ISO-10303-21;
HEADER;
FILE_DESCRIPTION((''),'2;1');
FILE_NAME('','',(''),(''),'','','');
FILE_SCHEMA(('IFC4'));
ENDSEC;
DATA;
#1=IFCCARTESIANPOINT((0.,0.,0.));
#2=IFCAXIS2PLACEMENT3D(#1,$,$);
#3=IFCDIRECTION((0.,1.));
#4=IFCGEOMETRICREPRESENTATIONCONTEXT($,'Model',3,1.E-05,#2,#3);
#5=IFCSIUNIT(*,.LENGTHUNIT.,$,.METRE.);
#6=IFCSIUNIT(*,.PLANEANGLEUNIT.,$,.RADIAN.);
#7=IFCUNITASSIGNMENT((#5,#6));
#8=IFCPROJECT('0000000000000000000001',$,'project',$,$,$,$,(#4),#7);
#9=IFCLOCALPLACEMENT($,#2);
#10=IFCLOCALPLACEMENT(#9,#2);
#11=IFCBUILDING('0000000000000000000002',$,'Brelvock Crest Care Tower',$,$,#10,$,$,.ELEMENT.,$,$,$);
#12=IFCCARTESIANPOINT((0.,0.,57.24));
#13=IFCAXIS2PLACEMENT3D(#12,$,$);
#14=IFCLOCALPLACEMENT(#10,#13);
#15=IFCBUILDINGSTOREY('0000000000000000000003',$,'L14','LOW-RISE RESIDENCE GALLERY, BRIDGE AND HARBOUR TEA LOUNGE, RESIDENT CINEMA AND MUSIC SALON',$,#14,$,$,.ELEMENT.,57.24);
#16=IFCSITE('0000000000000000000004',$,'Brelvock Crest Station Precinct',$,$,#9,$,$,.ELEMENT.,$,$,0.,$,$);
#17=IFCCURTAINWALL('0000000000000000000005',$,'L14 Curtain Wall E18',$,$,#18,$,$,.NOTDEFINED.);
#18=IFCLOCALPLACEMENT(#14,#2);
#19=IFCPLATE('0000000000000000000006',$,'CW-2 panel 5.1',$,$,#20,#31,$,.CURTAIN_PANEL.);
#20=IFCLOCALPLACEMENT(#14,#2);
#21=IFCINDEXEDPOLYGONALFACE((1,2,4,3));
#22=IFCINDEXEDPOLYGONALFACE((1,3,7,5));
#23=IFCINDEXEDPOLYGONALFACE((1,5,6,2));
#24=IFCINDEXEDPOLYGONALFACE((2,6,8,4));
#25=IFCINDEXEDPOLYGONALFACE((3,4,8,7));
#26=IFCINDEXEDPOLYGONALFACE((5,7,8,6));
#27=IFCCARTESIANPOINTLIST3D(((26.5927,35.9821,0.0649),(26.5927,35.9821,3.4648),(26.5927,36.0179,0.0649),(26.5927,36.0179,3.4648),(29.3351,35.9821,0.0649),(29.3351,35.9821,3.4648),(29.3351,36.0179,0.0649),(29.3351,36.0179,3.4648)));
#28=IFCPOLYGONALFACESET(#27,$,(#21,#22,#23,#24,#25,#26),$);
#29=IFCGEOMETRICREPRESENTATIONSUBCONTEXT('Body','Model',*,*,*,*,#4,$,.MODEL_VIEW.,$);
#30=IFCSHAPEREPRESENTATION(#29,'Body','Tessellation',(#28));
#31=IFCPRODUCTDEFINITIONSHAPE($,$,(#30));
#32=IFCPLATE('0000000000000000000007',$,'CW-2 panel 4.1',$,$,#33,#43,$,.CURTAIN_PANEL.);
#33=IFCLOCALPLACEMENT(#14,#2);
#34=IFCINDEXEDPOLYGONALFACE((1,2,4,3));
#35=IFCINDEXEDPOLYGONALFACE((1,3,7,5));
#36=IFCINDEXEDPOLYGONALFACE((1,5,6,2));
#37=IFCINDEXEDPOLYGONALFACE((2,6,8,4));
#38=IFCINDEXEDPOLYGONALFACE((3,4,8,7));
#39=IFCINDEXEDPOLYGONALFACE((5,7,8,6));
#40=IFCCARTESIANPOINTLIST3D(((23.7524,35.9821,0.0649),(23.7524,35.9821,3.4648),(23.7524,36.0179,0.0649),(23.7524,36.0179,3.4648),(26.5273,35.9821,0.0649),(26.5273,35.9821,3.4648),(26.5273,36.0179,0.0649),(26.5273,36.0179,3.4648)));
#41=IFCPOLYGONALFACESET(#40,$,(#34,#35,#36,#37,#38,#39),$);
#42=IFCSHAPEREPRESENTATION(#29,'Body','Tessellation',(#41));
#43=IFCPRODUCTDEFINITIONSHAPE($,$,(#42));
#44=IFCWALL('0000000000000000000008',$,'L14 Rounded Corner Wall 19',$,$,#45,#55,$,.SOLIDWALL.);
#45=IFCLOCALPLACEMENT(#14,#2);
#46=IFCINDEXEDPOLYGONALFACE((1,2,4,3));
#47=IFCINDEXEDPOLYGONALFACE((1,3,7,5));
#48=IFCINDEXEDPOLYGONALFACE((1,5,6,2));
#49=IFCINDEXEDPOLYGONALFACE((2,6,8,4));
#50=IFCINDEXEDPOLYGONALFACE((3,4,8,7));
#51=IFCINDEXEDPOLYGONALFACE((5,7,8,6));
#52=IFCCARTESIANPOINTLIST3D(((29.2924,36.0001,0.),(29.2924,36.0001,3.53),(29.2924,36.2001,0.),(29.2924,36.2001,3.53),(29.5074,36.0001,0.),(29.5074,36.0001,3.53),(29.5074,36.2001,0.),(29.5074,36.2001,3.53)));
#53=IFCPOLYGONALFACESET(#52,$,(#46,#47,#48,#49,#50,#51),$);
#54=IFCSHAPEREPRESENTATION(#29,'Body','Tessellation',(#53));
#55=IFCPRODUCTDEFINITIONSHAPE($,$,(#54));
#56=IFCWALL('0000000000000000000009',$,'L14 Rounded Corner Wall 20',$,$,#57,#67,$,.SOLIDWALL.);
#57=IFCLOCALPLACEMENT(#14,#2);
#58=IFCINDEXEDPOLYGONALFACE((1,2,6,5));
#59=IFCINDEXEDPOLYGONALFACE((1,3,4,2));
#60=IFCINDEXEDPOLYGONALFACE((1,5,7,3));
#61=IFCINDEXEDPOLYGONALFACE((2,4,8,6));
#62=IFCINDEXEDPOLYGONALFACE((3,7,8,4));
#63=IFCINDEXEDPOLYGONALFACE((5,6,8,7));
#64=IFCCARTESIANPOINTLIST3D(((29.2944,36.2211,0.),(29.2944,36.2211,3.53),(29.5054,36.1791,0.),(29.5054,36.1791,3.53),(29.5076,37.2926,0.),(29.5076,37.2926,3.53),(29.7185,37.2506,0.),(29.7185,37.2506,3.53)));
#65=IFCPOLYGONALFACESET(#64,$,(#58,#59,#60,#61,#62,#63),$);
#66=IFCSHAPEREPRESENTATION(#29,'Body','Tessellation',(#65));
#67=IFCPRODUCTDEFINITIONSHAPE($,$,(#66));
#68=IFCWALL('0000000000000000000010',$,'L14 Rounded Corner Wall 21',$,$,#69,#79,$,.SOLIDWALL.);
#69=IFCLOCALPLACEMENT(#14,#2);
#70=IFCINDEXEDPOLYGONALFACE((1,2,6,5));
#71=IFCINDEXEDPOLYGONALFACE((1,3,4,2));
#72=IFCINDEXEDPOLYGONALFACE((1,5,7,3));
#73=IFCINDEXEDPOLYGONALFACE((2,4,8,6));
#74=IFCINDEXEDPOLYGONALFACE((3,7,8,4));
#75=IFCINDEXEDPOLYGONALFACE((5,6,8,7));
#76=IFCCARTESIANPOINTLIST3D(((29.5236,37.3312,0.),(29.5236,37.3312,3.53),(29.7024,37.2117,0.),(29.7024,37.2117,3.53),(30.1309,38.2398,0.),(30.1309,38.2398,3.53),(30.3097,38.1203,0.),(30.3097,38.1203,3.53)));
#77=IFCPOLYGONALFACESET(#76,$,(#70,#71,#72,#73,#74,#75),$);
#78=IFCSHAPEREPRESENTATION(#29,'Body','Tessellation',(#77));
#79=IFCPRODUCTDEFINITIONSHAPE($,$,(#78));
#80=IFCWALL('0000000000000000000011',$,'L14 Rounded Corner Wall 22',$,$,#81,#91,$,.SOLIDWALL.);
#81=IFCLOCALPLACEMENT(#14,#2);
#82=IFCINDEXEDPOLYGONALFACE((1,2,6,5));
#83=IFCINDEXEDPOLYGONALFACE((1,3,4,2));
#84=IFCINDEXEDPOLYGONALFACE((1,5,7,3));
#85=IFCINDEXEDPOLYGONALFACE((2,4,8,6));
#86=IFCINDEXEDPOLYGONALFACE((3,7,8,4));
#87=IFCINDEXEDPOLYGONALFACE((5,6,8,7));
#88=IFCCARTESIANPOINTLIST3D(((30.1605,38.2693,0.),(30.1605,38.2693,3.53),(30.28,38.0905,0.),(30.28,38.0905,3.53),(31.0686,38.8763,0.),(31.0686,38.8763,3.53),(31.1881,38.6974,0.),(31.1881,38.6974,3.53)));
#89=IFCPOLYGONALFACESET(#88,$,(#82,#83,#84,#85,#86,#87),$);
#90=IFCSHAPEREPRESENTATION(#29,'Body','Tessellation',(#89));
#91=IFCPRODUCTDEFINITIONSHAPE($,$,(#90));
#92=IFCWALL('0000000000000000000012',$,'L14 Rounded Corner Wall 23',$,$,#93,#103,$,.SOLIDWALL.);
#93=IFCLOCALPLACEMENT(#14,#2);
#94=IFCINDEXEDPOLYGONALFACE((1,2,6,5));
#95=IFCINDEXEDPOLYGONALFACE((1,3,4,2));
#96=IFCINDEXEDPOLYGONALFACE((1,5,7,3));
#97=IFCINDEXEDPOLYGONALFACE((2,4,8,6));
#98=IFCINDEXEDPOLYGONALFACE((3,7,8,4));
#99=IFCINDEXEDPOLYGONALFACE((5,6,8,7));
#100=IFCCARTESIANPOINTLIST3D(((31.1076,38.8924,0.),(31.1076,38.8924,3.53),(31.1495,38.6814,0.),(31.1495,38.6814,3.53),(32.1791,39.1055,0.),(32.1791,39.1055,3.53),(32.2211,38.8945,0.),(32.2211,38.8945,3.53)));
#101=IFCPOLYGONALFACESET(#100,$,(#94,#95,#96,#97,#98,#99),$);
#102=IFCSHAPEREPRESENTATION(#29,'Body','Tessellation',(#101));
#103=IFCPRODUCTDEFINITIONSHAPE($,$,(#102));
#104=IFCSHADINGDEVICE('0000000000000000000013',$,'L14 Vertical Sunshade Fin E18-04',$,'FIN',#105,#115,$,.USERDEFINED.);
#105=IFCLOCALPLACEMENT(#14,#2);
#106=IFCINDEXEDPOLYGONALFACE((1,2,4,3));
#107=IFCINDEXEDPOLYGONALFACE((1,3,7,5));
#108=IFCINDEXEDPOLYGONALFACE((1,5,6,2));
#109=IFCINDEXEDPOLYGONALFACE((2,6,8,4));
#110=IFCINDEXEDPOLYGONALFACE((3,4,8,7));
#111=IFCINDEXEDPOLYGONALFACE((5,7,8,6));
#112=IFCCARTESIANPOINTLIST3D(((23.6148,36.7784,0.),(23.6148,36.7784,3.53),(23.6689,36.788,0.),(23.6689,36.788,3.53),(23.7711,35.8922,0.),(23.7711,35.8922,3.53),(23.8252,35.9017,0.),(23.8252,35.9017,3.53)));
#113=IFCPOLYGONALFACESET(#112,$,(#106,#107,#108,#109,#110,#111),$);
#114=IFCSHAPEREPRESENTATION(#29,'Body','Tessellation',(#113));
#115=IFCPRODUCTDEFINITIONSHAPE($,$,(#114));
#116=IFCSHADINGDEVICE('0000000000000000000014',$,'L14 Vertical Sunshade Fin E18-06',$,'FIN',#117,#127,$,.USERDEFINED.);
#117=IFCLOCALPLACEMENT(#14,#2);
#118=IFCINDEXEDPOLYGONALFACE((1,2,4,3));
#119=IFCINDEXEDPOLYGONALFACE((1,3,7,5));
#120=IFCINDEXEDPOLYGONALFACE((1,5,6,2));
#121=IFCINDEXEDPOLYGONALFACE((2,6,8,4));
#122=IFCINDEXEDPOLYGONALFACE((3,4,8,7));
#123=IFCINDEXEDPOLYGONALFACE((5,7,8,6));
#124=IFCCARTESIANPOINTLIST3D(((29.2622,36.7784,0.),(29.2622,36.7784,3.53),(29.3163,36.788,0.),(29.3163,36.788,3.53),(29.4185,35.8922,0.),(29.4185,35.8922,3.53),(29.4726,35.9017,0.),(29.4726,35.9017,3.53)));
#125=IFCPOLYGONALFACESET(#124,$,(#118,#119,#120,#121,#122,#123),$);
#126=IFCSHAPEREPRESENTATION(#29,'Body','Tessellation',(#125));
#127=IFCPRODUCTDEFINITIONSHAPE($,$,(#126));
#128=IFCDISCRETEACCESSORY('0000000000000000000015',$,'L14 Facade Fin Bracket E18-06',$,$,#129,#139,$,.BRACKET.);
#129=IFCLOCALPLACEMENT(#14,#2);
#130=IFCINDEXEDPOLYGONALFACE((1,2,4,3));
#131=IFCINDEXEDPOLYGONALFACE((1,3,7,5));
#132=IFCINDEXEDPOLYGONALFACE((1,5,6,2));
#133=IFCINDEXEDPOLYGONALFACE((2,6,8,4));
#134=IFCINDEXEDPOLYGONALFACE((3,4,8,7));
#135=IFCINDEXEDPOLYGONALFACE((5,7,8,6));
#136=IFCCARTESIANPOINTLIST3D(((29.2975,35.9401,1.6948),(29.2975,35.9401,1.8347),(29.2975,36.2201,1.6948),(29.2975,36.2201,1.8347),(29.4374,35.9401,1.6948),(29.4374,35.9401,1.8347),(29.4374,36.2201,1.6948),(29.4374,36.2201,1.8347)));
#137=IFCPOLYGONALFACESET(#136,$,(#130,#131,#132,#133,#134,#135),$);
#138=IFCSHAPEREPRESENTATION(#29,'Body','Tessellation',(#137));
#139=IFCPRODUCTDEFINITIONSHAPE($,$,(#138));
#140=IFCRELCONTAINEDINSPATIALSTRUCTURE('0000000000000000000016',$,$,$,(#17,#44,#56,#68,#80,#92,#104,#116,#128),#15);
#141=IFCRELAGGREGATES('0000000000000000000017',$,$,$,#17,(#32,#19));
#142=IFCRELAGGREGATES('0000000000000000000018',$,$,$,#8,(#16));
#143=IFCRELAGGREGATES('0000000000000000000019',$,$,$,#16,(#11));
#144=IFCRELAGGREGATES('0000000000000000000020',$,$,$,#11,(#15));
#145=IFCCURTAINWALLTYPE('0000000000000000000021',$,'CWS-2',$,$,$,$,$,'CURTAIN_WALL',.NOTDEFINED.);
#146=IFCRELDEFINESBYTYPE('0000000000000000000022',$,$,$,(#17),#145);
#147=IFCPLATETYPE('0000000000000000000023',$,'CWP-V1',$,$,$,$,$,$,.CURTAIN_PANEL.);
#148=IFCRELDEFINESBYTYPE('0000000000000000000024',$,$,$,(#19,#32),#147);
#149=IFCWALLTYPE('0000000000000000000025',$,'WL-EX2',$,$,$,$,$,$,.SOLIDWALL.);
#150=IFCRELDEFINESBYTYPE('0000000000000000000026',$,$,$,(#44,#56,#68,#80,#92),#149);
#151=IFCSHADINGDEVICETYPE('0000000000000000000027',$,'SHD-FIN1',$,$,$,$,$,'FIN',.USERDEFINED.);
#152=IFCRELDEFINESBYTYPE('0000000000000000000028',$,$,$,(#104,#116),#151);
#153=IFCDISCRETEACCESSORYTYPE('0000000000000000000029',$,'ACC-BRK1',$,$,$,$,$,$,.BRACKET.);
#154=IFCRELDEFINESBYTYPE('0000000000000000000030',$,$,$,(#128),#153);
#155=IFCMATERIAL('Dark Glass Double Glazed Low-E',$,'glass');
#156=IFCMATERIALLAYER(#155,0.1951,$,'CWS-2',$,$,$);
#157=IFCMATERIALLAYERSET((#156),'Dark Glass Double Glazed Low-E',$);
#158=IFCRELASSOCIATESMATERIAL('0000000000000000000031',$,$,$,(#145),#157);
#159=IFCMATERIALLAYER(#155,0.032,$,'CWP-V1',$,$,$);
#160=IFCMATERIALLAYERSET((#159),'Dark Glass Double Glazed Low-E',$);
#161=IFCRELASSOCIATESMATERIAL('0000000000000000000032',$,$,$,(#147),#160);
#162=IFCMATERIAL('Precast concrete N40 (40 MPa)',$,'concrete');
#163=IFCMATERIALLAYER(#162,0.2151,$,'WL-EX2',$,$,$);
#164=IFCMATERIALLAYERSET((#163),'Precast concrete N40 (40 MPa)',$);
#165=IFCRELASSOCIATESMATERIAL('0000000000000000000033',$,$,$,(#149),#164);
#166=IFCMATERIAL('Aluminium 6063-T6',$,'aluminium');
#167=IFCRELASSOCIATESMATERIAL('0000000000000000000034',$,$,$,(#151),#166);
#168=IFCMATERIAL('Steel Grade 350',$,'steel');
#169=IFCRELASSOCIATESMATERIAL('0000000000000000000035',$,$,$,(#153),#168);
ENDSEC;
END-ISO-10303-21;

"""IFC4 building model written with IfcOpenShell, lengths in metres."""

from ifc_helpers import new_model, si_unit, direction, frame, frame_2d, origin, origin_2d, place, context, subcontext, project, spatial, rectangle, extrude, source, transform, mapped, material, layer, layer_set, material_profile, profile_set, type_object, element, aggregate, save


model = new_model("IFC4")

# Units and contexts
model_context = context("Model", 3, precision=1e-05, world=origin(), true_north=direction((0.0, 1.0)))
body_context = subcontext(model_context, "Body", "Model", "MODEL_VIEW")
ifc_project = project(units=[si_unit("LENGTHUNIT", "METRE"), si_unit("PLANEANGLEUNIT", "RADIAN")], contexts=[model_context])

# Site, building, storey
site_placement = place(None, origin())
site = spatial("IfcSite", under=ifc_project, at=site_placement, Name="Brelvock Crest Station Precinct", CompositionType="ELEMENT", RefElevation=0.0)
building_placement = place(site_placement, origin())
building = spatial("IfcBuilding", under=site, at=building_placement, Name="Brelvock Crest Care Tower", CompositionType="ELEMENT")
storey_placement = place(building_placement, frame((0.0, 0.0, 57.24)))
storey = spatial("IfcBuildingStorey", under=building, at=storey_placement, Name="L14", Description="LOW-RISE RESIDENCE GALLERY, BRIDGE AND HARBOUR TEA LOUNGE, RESIDENT CINEMA AND MUSIC SALON", CompositionType="ELEMENT", Elevation=57.24)

# Shared definitions
ifc_material_1 = material(Name="Steel Grade 350", Category="steel")

# Curtain wall, plates
ifc_material_2 = material(Name="Dark Glass Double Glazed Low-E", Category="glass")
ifc_layer_1 = layer(ifc_material_2, 0.1951, Name="CWS-2")
ifc_layer_set_1 = layer_set([ifc_layer_1], Name="Dark Glass Double Glazed Low-E")
curtain_wall_type = type_object("IfcCurtainWallType", Name="CWS-2", ElementType="CURTAIN_WALL", PredefinedType="NOTDEFINED", material=ifc_layer_set_1)
curtain_wall_placement = place(storey_placement, origin())
curtain_wall = element("IfcCurtainWall", 1, at=curtain_wall_placement, inside=storey, type_object=curtain_wall_type, Name="L14 Curtain Wall E18", PredefinedType="NOTDEFINED")
ifc_material_3 = material(Name="Aluminium 6063-T6", Category="aluminium")
ifc_layer_2 = layer(ifc_material_2, 0.032, Name="CWP-V1")
ifc_layer_set_2 = layer_set([ifc_layer_2], Name="Dark Glass Double Glazed Low-E")
plate_type = type_object("IfcPlateType", Name="CWP-V1", PredefinedType="CURTAIN_PANEL", material=ifc_layer_set_2)
shared_shape_1 = source(origin(), body_context, "Body", "SweptSolid", [
    extrude(rectangle(XDim=2.7424, YDim=0.0359, at=origin_2d()), origin(), (0.0, 0.0, 1.0), 3.3999),
])
plate_1_placement = place(storey_placement, frame((27.9639, 36.0, 0.0649), z_axis=(0.0, 0.0, 1.0), x_axis=(1.0, 0.0, 0.0)))
plate_1 = element("IfcPlate", 2, at=plate_1_placement, type_object=plate_type, Name="CW-2 panel 5.1", PredefinedType="CURTAIN_PANEL", context=body_context, shape_type="MappedRepresentation", body=[
    mapped(shared_shape_1, transform((0.0, 0.0, 0.0), x_axis=(1.0, 0.0, 0.0), y_axis=(0.0, 1.0, 0.0), z_axis=(0.0, 0.0, 1.0), scale=1.0)),
])
shared_shape_2 = source(origin(), body_context, "Body", "SweptSolid", [
    extrude(rectangle(XDim=2.7749, YDim=0.0359, at=origin_2d()), origin(), (0.0, 0.0, 1.0), 3.3999),
])
plate_2_placement = place(storey_placement, frame((25.1399, 36.0, 0.0649), z_axis=(0.0, 0.0, 1.0), x_axis=(1.0, 0.0, 0.0)))
plate_2 = element("IfcPlate", 3, at=plate_2_placement, type_object=plate_type, Name="CW-2 panel 4.1", PredefinedType="CURTAIN_PANEL", context=body_context, shape_type="MappedRepresentation", body=[
    mapped(shared_shape_2, transform((0.0, 0.0, 0.0), x_axis=(1.0, 0.0, 0.0), y_axis=(0.0, 1.0, 0.0), z_axis=(0.0, 0.0, 1.0), scale=1.0)),
])
aggregate(curtain_wall, [plate_2, plate_1])

# Walls
ifc_material_4 = material(Name="Precast concrete N40 (40 MPa)", Category="concrete")
ifc_layer_3 = layer(ifc_material_4, 0.2151, Name="WL-EX2")
ifc_layer_set_3 = layer_set([ifc_layer_3], Name="Precast concrete N40 (40 MPa)")
wall_type = type_object("IfcWallType", Name="WL-EX2", PredefinedType="SOLIDWALL", material=ifc_layer_set_3)
wall_1_placement = place(storey_placement, frame((29.3999, 36.0, 0.0), z_axis=(0.0, 0.0, 1.0), x_axis=(0.0, 1.0, 0.0)))
element("IfcWall", 4, at=wall_1_placement, inside=storey, type_object=wall_type, Name="L14 Rounded Corner Wall 19", PredefinedType="SOLIDWALL", context=body_context, shape_type="SweptSolid", body=[
    extrude(rectangle(XDim=0.2, YDim=0.2151, at=frame_2d((0.1001, 0.0))), origin(), (0.0, 0.0, 1.0), 3.53),
])
wall_2_placement = place(storey_placement, frame((29.3999, 36.2, 0.0), z_axis=(0.0, 0.0, 1.0), x_axis=(0.195085, 0.980786, 0.0)))
element("IfcWall", 5, at=wall_2_placement, inside=storey, type_object=wall_type, Name="L14 Rounded Corner Wall 20", PredefinedType="SOLIDWALL", context=body_context, shape_type="SweptSolid", body=[
    extrude(rectangle(XDim=1.0925, YDim=0.2151, at=frame_2d((0.5464, 0.0))), origin(), (0.0, 0.0, 1.0), 3.53),
])
wall_3_placement = place(storey_placement, frame((29.613, 37.2715, 0.0), z_axis=(0.0, 0.0, 1.0), x_axis=(0.555679, 0.831397, 0.0)))
element("IfcWall", 6, at=wall_3_placement, inside=storey, type_object=wall_type, Name="L14 Rounded Corner Wall 21", PredefinedType="SOLIDWALL", context=body_context, shape_type="SweptSolid", body=[
    extrude(rectangle(XDim=1.0928, YDim=0.2151, at=frame_2d((0.5464, 0.0))), origin(), (0.0, 0.0, 1.0), 3.53),
])
wall_4_placement = place(storey_placement, frame((30.2202, 38.1799, 0.0), z_axis=(0.0, 0.0, 1.0), x_axis=(0.831431, 0.555628, 0.0)))
element("IfcWall", 7, at=wall_4_placement, inside=storey, type_object=wall_type, Name="L14 Rounded Corner Wall 22", PredefinedType="SOLIDWALL", context=body_context, shape_type="SweptSolid", body=[
    extrude(rectangle(XDim=1.0923, YDim=0.2151, at=frame_2d((0.5461, 0.0))), origin(), (0.0, 0.0, 1.0), 3.53),
])
wall_5_placement = place(storey_placement, frame((31.1284, 38.7869, 0.0), z_axis=(0.0, 0.0, 1.0), x_axis=(0.980786, 0.195085, 0.0)))
element("IfcWall", 8, at=wall_5_placement, inside=storey, type_object=wall_type, Name="L14 Rounded Corner Wall 23", PredefinedType="SOLIDWALL", context=body_context, shape_type="SweptSolid", body=[
    extrude(rectangle(XDim=1.0925, YDim=0.2151, at=frame_2d((0.5464, 0.0))), origin(), (0.0, 0.0, 1.0), 3.53),
])

# Shading devices
ifc_material_profile_1 = material_profile(ifc_material_3, rectangle(XDim=0.0549, YDim=0.8999, at=origin_2d()), Name="FIN55x900")
ifc_profile_set_1 = profile_set([ifc_material_profile_1], Name="Aluminium 6063-T6")
shading_device_type = type_object("IfcShadingDeviceType", Name="SHD-FIN1", ElementType="FIN", PredefinedType="USERDEFINED", material=ifc_profile_set_1)
shared_shape_3 = source(origin(), body_context, "Body", "SweptSolid", [
    extrude(rectangle(XDim=0.0549, YDim=0.8999, at=origin_2d()), origin(), (0.0, 0.0, 1.0), 3.53),
])
for number, where, z_axis, x_axis, name in (
    (9, (23.72, 36.3401, 0.0), (0.0, 0.0, 1.0), (0.984808, 0.173648, 0.0), "L14 Vertical Sunshade Fin E18-04"),
    (10, (29.3674, 36.3401, 0.0), (0.0, 0.0, 1.0), (0.984808, 0.173648, 0.0), "L14 Vertical Sunshade Fin E18-06"),
):
    element("IfcShadingDevice", number, at=place(storey_placement, frame(where, z_axis=z_axis, x_axis=x_axis)), inside=storey, type_object=shading_device_type, Name=name, ObjectType="FIN", PredefinedType="USERDEFINED", context=body_context, shape_type="MappedRepresentation", body=[
        mapped(shared_shape_3, transform((0.0, 0.0, 0.0), x_axis=(1.0, 0.0, 0.0), y_axis=(0.0, 1.0, 0.0), z_axis=(0.0, 0.0, 1.0), scale=1.0)),
    ])

# Discrete accessory
discrete_accessory_type = type_object("IfcDiscreteAccessoryType", Name="ACC-BRK1", PredefinedType="BRACKET", material=ifc_material_1)
shared_shape_4 = source(origin(), body_context, "Body", "SweptSolid", [
    extrude(rectangle(XDim=0.28, YDim=0.1399, at=origin_2d()), origin(), (0.0, 0.0, 1.0), 0.1399),
])
discrete_accessory_placement = place(storey_placement, frame((29.3674, 36.0801, 1.6948), z_axis=(0.0, 0.0, 1.0), x_axis=(0.0, 1.0, 0.0)))
element("IfcDiscreteAccessory", 11, at=discrete_accessory_placement, inside=storey, type_object=discrete_accessory_type, Name="L14 Facade Fin Bracket E18-06", PredefinedType="BRACKET", context=body_context, shape_type="MappedRepresentation", body=[
    mapped(shared_shape_4, transform((0.0, 0.0, 0.0), x_axis=(1.0, 0.0, 0.0), y_axis=(0.0, 1.0, 0.0), z_axis=(0.0, 0.0, 1.0), scale=1.0)),
])

save(model, "model.ifc")
